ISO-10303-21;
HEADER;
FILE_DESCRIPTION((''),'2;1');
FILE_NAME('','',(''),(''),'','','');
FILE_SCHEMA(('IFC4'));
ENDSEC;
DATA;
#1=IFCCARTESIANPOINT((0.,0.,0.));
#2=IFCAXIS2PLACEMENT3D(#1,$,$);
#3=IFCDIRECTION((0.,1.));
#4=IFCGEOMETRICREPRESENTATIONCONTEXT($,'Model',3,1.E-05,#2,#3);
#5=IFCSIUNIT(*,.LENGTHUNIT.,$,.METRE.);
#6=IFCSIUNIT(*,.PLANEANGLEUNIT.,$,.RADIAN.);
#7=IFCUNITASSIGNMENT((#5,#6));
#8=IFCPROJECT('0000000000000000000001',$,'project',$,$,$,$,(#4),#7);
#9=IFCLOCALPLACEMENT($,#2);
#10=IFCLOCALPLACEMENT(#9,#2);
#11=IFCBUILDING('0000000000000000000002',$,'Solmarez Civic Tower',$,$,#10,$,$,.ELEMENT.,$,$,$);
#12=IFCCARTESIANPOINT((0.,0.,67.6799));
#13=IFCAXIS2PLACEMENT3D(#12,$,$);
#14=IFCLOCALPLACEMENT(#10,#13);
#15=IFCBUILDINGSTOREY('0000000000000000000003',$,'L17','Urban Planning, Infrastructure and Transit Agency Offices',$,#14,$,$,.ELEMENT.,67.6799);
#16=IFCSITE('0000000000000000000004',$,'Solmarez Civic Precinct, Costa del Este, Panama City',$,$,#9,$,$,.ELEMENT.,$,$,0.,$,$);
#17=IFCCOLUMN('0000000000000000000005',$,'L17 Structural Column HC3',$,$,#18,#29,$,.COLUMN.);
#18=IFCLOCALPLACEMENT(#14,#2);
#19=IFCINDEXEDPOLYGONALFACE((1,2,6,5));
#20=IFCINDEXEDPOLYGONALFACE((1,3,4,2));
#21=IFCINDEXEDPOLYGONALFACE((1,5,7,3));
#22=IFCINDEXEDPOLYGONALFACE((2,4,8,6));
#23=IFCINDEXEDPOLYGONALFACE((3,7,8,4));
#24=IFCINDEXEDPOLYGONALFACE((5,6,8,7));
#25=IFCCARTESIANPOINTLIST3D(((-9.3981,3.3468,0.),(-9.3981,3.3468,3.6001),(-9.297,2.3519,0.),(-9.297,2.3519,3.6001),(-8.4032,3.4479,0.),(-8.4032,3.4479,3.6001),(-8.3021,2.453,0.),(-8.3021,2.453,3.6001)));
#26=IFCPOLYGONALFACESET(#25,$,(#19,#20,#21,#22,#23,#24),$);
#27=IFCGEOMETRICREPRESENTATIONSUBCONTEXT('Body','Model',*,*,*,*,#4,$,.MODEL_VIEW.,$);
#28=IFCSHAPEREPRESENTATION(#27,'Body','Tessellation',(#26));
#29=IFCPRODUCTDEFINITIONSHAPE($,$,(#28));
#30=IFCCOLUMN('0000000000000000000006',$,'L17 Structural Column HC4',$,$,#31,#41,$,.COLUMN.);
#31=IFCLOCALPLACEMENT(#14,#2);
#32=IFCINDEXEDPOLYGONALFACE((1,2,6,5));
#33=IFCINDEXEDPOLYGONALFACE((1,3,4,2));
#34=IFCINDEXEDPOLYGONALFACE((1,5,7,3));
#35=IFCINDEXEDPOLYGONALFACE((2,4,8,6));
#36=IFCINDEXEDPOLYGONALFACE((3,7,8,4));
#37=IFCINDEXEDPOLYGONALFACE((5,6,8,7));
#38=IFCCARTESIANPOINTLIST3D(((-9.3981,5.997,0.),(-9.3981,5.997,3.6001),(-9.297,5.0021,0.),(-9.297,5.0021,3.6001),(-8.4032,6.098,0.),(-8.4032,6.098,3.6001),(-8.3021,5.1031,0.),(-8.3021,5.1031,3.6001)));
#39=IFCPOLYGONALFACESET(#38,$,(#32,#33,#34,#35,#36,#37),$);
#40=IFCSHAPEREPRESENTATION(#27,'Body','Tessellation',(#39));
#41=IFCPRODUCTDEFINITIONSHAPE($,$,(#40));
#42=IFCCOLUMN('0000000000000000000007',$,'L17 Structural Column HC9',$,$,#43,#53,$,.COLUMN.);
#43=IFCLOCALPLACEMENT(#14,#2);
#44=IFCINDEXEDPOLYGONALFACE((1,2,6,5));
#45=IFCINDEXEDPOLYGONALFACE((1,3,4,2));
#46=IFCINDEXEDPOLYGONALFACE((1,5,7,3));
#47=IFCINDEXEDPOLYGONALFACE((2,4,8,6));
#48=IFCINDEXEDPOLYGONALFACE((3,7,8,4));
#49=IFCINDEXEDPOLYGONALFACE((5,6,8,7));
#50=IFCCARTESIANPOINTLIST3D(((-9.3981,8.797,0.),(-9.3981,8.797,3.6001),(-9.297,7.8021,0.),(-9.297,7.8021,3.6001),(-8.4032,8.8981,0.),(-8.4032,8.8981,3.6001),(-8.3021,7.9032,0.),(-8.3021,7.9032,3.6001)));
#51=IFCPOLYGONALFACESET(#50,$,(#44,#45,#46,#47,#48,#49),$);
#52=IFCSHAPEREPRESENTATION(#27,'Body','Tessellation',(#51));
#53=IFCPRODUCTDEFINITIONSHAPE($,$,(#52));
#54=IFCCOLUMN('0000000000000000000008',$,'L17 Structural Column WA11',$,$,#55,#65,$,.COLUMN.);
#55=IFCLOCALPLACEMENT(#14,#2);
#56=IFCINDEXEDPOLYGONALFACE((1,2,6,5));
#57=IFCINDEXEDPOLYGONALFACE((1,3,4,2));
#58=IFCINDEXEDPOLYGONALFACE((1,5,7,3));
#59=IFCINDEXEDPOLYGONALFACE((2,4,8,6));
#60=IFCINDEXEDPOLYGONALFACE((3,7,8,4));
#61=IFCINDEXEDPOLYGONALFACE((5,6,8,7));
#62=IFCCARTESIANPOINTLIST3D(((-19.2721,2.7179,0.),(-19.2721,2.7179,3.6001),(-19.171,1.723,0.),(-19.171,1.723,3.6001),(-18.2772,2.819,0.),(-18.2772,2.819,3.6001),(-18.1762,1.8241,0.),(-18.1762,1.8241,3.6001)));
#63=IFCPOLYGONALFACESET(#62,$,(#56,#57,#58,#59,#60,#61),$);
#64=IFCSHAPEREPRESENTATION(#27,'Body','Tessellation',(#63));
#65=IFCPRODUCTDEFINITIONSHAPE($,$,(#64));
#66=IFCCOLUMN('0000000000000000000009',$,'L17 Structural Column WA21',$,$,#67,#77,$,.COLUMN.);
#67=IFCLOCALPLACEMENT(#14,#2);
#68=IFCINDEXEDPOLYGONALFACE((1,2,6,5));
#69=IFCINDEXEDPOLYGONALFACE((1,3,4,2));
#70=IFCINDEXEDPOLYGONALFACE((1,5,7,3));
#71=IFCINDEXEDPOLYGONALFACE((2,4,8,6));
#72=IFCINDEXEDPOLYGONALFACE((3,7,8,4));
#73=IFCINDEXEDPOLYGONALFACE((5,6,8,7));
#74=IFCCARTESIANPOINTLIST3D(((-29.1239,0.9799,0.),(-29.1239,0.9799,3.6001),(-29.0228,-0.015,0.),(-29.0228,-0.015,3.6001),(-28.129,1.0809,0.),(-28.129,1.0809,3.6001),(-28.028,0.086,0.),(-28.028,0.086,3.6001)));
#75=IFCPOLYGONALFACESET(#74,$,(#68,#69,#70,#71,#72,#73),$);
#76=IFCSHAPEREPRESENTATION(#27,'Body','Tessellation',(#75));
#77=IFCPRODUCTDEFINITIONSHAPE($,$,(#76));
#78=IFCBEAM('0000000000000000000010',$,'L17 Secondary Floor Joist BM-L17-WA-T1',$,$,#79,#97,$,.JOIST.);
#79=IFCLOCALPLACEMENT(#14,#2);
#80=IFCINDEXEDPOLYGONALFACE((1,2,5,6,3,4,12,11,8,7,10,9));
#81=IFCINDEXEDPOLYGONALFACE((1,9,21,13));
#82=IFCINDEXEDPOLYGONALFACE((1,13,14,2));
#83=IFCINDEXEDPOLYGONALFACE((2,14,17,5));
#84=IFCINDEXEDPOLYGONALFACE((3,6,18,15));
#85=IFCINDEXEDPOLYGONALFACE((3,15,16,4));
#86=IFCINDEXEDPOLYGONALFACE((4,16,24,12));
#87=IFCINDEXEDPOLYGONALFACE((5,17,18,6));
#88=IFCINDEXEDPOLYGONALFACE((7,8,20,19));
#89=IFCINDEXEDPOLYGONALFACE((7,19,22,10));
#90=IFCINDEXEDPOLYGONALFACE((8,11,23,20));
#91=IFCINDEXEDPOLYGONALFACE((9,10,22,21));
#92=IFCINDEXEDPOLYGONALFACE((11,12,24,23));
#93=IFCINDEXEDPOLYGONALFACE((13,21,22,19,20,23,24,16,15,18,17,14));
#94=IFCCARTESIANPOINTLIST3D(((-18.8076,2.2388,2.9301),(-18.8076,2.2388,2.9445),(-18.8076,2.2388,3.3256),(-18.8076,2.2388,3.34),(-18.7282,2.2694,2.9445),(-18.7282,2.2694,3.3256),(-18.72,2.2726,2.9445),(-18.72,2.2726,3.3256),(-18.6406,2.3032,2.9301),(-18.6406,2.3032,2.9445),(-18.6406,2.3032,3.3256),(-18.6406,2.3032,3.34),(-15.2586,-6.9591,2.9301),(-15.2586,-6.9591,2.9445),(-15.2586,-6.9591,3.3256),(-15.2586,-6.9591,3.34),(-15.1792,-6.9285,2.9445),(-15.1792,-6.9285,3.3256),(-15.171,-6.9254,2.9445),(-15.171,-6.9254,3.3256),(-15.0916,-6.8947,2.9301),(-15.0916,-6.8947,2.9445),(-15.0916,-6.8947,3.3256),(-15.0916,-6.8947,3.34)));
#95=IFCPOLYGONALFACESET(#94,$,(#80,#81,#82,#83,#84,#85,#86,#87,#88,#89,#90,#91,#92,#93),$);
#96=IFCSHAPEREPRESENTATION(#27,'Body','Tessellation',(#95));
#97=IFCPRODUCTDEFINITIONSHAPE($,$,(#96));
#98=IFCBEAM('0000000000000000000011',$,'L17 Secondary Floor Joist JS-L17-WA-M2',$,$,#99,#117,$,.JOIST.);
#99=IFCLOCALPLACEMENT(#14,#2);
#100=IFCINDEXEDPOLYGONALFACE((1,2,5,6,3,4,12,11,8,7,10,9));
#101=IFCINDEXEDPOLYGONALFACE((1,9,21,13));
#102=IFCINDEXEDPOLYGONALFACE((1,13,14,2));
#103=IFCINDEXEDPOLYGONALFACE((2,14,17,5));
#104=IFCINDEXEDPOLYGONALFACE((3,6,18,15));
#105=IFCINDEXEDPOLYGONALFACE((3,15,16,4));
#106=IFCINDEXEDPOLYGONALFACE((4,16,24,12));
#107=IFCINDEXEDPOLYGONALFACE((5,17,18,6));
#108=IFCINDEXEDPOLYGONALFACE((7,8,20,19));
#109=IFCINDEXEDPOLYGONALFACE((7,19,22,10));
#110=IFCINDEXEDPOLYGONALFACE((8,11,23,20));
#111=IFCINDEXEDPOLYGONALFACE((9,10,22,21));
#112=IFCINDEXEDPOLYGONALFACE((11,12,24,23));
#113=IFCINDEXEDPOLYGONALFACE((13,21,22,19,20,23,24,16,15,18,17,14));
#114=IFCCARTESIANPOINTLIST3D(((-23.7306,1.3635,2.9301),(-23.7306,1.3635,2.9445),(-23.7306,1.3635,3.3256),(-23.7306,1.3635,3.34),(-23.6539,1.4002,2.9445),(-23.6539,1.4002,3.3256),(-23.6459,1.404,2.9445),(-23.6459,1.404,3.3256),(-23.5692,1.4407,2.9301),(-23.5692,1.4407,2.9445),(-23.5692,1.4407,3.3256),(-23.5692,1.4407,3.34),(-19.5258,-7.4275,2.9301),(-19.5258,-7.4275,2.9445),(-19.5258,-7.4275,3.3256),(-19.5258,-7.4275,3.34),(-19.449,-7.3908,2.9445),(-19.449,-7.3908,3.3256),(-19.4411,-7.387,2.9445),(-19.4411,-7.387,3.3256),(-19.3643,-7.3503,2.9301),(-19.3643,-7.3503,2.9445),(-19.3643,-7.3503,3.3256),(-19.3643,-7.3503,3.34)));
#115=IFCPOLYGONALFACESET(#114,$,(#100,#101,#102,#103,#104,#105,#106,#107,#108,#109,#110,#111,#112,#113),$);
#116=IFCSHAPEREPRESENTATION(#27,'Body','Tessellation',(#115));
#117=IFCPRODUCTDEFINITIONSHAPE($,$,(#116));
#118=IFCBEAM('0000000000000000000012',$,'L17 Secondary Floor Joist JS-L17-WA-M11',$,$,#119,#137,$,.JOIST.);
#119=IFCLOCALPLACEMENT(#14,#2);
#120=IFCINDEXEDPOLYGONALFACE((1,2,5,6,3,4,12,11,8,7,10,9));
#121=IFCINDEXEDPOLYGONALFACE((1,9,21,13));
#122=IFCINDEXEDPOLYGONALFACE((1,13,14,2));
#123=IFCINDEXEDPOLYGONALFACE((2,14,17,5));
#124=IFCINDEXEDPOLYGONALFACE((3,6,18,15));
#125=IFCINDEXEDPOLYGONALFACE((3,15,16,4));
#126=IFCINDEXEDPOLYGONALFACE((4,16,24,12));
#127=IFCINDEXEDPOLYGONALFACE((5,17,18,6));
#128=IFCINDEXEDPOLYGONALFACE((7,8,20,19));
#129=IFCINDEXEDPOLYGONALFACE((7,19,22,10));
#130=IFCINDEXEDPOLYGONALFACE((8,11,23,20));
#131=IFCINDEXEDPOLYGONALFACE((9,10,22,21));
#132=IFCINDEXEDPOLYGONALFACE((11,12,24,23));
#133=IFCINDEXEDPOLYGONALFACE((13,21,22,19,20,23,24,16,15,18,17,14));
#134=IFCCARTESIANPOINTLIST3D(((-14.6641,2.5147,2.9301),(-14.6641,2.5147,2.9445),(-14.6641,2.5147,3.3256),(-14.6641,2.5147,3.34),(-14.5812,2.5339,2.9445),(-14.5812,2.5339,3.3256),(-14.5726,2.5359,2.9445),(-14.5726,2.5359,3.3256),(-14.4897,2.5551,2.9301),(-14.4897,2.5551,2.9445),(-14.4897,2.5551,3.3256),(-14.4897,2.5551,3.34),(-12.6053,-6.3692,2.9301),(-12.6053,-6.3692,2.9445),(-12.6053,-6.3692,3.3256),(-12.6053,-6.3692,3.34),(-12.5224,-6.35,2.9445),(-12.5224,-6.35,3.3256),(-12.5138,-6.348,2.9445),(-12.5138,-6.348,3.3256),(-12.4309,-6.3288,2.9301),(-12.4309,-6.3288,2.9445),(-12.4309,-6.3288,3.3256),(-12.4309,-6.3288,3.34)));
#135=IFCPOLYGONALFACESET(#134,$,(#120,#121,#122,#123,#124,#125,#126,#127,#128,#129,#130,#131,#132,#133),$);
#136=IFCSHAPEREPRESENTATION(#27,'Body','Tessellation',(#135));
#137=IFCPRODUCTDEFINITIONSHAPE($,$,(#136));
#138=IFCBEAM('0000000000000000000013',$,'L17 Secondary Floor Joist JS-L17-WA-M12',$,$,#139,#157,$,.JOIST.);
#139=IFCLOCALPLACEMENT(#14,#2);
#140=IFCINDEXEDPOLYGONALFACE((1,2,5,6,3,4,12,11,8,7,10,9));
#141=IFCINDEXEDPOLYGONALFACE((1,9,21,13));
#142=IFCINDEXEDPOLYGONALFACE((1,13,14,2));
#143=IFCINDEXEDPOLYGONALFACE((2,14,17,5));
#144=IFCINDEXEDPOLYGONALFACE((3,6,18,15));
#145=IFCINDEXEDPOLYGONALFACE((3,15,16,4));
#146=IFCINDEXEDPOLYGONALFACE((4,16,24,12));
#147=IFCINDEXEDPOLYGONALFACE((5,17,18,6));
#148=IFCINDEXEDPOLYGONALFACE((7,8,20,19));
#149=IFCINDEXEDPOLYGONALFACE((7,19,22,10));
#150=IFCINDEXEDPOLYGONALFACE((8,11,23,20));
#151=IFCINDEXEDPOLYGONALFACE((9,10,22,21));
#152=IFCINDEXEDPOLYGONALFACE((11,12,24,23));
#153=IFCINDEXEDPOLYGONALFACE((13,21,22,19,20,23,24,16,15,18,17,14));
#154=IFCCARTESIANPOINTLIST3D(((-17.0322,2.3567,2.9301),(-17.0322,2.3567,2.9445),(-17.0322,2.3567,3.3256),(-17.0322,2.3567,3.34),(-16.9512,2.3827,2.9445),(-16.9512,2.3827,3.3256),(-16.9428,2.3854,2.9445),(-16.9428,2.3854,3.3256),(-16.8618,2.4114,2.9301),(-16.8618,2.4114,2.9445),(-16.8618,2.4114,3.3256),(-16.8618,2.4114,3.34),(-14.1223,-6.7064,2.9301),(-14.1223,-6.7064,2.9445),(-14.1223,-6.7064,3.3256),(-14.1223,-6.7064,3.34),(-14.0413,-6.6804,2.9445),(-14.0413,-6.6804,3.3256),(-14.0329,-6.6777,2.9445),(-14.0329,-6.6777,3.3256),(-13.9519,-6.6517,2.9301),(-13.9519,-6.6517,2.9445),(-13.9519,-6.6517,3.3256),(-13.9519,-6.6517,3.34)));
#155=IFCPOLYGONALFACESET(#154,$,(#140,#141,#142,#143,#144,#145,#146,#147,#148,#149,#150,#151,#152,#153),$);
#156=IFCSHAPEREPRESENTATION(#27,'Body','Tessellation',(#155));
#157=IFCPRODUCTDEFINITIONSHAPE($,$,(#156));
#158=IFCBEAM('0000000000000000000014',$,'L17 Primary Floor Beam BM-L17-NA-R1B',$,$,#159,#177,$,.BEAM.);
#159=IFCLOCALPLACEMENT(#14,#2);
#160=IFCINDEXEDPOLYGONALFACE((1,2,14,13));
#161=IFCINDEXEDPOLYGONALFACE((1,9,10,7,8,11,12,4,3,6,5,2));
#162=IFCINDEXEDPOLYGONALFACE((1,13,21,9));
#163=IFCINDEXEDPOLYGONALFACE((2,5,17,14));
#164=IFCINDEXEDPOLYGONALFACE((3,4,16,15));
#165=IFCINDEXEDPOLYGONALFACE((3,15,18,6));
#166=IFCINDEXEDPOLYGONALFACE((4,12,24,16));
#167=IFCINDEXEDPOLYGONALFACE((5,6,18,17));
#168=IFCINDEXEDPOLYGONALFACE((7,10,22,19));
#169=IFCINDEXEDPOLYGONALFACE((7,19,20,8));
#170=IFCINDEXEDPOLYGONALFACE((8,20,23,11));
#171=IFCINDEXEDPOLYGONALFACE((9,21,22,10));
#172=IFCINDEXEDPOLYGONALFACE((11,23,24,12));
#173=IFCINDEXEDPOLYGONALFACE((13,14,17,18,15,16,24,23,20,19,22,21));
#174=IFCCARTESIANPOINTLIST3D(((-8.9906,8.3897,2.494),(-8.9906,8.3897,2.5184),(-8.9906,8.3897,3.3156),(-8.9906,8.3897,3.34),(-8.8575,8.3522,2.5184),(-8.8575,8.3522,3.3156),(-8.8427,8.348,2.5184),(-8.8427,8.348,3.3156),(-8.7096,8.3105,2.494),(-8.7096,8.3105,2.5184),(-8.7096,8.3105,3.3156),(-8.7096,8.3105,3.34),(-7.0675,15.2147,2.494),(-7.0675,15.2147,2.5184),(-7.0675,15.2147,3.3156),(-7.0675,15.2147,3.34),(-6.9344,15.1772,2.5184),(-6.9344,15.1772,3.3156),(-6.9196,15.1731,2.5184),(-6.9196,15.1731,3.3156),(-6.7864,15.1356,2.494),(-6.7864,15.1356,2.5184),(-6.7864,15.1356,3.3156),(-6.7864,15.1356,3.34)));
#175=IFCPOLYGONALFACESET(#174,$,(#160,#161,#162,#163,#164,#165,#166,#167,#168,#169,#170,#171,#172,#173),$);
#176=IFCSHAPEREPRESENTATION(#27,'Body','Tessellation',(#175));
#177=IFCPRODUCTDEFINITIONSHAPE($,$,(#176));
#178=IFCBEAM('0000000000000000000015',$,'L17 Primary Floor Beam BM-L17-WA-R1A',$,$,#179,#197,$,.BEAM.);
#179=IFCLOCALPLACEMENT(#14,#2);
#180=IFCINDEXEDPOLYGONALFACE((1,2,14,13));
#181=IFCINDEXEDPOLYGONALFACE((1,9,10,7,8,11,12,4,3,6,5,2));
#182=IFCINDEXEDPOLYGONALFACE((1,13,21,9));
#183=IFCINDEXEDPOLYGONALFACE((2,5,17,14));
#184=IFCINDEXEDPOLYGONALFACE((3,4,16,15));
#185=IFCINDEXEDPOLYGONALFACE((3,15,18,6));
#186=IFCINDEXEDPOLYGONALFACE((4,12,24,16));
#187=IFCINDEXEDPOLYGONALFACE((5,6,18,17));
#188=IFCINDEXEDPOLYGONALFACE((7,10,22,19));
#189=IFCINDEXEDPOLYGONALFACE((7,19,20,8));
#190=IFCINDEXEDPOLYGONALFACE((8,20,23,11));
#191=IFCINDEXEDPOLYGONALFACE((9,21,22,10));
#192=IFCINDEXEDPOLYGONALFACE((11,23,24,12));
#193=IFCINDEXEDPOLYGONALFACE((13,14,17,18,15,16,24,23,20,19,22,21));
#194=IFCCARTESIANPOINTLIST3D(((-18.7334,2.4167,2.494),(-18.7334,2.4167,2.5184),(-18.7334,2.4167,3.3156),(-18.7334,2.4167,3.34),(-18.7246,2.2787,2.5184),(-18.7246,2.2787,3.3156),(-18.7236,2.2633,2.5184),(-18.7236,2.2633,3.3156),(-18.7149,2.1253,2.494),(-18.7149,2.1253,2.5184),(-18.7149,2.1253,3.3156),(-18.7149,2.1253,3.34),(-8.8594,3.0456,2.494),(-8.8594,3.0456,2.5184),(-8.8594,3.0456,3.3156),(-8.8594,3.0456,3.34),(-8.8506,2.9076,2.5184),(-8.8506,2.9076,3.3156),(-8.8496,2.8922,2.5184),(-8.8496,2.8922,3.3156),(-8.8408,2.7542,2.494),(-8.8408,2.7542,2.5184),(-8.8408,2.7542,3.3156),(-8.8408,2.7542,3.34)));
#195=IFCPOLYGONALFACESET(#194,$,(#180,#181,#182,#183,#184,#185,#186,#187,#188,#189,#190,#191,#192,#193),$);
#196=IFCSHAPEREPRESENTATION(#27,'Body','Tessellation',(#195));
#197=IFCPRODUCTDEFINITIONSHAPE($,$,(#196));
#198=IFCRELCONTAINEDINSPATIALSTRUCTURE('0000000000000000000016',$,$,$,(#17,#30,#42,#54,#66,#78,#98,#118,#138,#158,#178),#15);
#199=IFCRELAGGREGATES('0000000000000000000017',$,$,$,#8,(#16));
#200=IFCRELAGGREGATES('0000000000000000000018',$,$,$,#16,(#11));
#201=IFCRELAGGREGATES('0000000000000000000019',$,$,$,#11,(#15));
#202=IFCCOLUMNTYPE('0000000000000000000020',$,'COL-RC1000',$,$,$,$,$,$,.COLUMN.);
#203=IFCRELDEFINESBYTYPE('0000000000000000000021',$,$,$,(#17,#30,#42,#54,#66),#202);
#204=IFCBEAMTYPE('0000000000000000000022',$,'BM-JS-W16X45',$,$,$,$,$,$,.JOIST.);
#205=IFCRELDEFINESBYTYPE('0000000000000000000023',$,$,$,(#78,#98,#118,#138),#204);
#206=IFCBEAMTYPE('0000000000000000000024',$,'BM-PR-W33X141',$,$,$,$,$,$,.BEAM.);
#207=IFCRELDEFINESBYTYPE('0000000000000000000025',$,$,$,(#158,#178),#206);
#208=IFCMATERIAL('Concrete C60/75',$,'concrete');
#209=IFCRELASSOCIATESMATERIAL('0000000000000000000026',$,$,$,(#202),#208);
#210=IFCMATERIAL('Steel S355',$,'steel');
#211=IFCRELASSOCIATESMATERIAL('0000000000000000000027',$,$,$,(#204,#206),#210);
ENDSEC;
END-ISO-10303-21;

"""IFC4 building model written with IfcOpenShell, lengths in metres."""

from ifc_helpers import new_model, si_unit, direction, frame, origin, origin_2d, place, context, subcontext, project, spatial, rectangle, i_section, extrude, material, material_profile, profile_set, type_object, element, save


model = new_model("IFC4")

# Units and contexts
model_context = context("Model", 3, precision=1e-05, world=origin(), true_north=direction((0.0, 1.0)))
body_context = subcontext(model_context, "Body", "Model", "MODEL_VIEW")
ifc_project = project(units=[si_unit("LENGTHUNIT", "METRE"), si_unit("PLANEANGLEUNIT", "RADIAN")], contexts=[model_context])

# Site, building, storey
site_placement = place(None, origin())
site = spatial("IfcSite", under=ifc_project, at=site_placement, Name="Solmarez Civic Precinct, Costa del Este, Panama City", CompositionType="ELEMENT", RefElevation=0.0)
building_placement = place(site_placement, origin())
building = spatial("IfcBuilding", under=site, at=building_placement, Name="Solmarez Civic Tower", CompositionType="ELEMENT")
storey_placement = place(building_placement, frame((0.0, 0.0, 67.6799)))
storey = spatial("IfcBuildingStorey", under=building, at=storey_placement, Name="L17", Description="Urban Planning, Infrastructure and Transit Agency Offices", CompositionType="ELEMENT", Elevation=67.6799)

# Columns
ifc_material_1 = material(Name="Concrete C60/75", Category="concrete")
ifc_material_profile_1 = material_profile(ifc_material_1, rectangle(XDim=1.0, YDim=1.0, at=origin_2d()), Name="RC1000X1000")
ifc_profile_set_1 = profile_set([ifc_material_profile_1], Name="Concrete C60/75")
column_type = type_object("IfcColumnType", Name="COL-RC1000", PredefinedType="COLUMN", material=ifc_profile_set_1)
for number, where, z_axis, x_axis, name in (
    (1, (-8.8501, 2.8999, 0.0), (0.0, 0.0, 1.0), (0.994881, 0.101056, 0.0), "L17 Structural Column HC3"),
    (2, (-8.8501, 5.55, 0.0), (0.0, 0.0, 1.0), (0.994881, 0.101056, 0.0), "L17 Structural Column HC4"),
    (3, (-8.8501, 8.3501, 0.0), (0.0, 0.0, 1.0), (0.994881, 0.101056, 0.0), "L17 Structural Column HC9"),
    (4, (-18.7241, 2.271, 0.0), (0.0, 0.0, 1.0), (0.994881, 0.101056, 0.0), "L17 Structural Column WA11"),
    (5, (-28.5759, 0.533, 0.0), (0.0, 0.0, 1.0), (0.994881, 0.101056, 0.0), "L17 Structural Column WA21"),
):
    element("IfcColumn", number, at=place(storey_placement, frame(where, z_axis=z_axis, x_axis=x_axis)), inside=storey, type_object=column_type, Name=name, PredefinedType="COLUMN", context=body_context, shape_type="SweptSolid", body=[
        extrude(rectangle(XDim=1.0, YDim=1.0, at=origin_2d()), origin(), (0.0, 0.0, 1.0), 3.6001),
    ])

# Beams
ifc_material_2 = material(Name="Steel S355", Category="steel")
ifc_material_profile_2 = material_profile(ifc_material_2, i_section(OverallWidth=0.179, OverallDepth=0.4099, WebThickness=0.0088, FlangeThickness=0.0144, at=origin_2d()), Name="W16X45")
ifc_profile_set_2 = profile_set([ifc_material_profile_2], Name="Steel S355")
beam_type_1 = type_object("IfcBeamType", Name="BM-JS-W16X45", PredefinedType="JOIST", material=ifc_profile_set_2)
beam_1_placement = place(storey_placement, frame((-18.7241, 2.271, 3.135), z_axis=(0.359984, -0.932958, 0.0), x_axis=(0.932958, 0.359984, 0.0)))
element("IfcBeam", 6, at=beam_1_placement, inside=storey, type_object=beam_type_1, Name="L17 Secondary Floor Joist BM-L17-WA-T1", PredefinedType="JOIST", context=body_context, shape_type="SweptSolid", body=[
    extrude(i_section(OverallWidth=0.179, OverallDepth=0.4099, WebThickness=0.0088, FlangeThickness=0.0144, at=origin_2d()), origin(), (0.0, 0.0, 1.0), 9.8589),
])
beam_2_placement = place(storey_placement, frame((-23.6499, 1.4021, 3.135), z_axis=(0.431492, -0.902117, 0.0), x_axis=(0.902117, 0.431492, 0.0)))
element("IfcBeam", 7, at=beam_2_placement, inside=storey, type_object=beam_type_1, Name="L17 Secondary Floor Joist JS-L17-WA-M2", PredefinedType="JOIST", context=body_context, shape_type="SweptSolid", body=[
    extrude(i_section(OverallWidth=0.179, OverallDepth=0.4099, WebThickness=0.0088, FlangeThickness=0.0144, at=origin_2d()), origin(), (0.0, 0.0, 1.0), 9.7449),
])
beam_3_placement = place(storey_placement, frame((-14.5769, 2.5349, 3.135), z_axis=(0.225763, -0.974182, 0.0), x_axis=(0.974182, 0.225763, 0.0)))
element("IfcBeam", 8, at=beam_3_placement, inside=storey, type_object=beam_type_1, Name="L17 Secondary Floor Joist JS-L17-WA-M11", PredefinedType="JOIST", context=body_context, shape_type="SweptSolid", body=[
    extrude(i_section(OverallWidth=0.179, OverallDepth=0.4099, WebThickness=0.0088, FlangeThickness=0.0144, at=origin_2d()), origin(), (0.0, 0.0, 1.0), 9.1194),
])
beam_4_placement = place(storey_placement, frame((-16.947, 2.384, 3.135), z_axis=(0.305705, -0.952126, 0.0), x_axis=(0.952126, 0.305705, 0.0)))
element("IfcBeam", 9, at=beam_4_placement, inside=storey, type_object=beam_type_1, Name="L17 Secondary Floor Joist JS-L17-WA-M12", PredefinedType="JOIST", context=body_context, shape_type="SweptSolid", body=[
    extrude(i_section(OverallWidth=0.179, OverallDepth=0.4099, WebThickness=0.0088, FlangeThickness=0.0144, at=origin_2d()), origin(), (0.0, 0.0, 1.0), 9.5188),
])
ifc_material_profile_3 = material_profile(ifc_material_2, i_section(OverallWidth=0.292, OverallDepth=0.8459, WebThickness=0.0154, FlangeThickness=0.0244, at=origin_2d()), Name="W33X141")
ifc_profile_set_3 = profile_set([ifc_material_profile_3], Name="Steel S355")
beam_type_2 = type_object("IfcBeamType", Name="BM-PR-W33X141", PredefinedType="BEAM", material=ifc_profile_set_3)
beam_5_placement = place(storey_placement, frame((-8.8501, 8.3501, 2.917), z_axis=(0.271213, 0.962519, 0.0), x_axis=(-0.962519, 0.271213, 0.0)))
element("IfcBeam", 10, at=beam_5_placement, inside=storey, type_object=beam_type_2, Name="L17 Primary Floor Beam BM-L17-NA-R1B", PredefinedType="BEAM", context=body_context, shape_type="SweptSolid", body=[
    extrude(i_section(OverallWidth=0.292, OverallDepth=0.8459, WebThickness=0.0154, FlangeThickness=0.0244, at=origin_2d()), origin(), (0.0, 0.0, 1.0), 7.0908),
])
beam_6_placement = place(storey_placement, frame((-8.8501, 2.8999, 2.917), z_axis=(-0.997978, -0.063564, 0.0), x_axis=(0.063564, -0.997978, 0.0)))
element("IfcBeam", 11, at=beam_6_placement, inside=storey, type_object=beam_type_2, Name="L17 Primary Floor Beam BM-L17-WA-R1A", PredefinedType="BEAM", context=body_context, shape_type="SweptSolid", body=[
    extrude(i_section(OverallWidth=0.292, OverallDepth=0.8459, WebThickness=0.0154, FlangeThickness=0.0244, at=origin_2d()), origin(), (0.0, 0.0, 1.0), 9.894),
])

save(model, "model.ifc")
